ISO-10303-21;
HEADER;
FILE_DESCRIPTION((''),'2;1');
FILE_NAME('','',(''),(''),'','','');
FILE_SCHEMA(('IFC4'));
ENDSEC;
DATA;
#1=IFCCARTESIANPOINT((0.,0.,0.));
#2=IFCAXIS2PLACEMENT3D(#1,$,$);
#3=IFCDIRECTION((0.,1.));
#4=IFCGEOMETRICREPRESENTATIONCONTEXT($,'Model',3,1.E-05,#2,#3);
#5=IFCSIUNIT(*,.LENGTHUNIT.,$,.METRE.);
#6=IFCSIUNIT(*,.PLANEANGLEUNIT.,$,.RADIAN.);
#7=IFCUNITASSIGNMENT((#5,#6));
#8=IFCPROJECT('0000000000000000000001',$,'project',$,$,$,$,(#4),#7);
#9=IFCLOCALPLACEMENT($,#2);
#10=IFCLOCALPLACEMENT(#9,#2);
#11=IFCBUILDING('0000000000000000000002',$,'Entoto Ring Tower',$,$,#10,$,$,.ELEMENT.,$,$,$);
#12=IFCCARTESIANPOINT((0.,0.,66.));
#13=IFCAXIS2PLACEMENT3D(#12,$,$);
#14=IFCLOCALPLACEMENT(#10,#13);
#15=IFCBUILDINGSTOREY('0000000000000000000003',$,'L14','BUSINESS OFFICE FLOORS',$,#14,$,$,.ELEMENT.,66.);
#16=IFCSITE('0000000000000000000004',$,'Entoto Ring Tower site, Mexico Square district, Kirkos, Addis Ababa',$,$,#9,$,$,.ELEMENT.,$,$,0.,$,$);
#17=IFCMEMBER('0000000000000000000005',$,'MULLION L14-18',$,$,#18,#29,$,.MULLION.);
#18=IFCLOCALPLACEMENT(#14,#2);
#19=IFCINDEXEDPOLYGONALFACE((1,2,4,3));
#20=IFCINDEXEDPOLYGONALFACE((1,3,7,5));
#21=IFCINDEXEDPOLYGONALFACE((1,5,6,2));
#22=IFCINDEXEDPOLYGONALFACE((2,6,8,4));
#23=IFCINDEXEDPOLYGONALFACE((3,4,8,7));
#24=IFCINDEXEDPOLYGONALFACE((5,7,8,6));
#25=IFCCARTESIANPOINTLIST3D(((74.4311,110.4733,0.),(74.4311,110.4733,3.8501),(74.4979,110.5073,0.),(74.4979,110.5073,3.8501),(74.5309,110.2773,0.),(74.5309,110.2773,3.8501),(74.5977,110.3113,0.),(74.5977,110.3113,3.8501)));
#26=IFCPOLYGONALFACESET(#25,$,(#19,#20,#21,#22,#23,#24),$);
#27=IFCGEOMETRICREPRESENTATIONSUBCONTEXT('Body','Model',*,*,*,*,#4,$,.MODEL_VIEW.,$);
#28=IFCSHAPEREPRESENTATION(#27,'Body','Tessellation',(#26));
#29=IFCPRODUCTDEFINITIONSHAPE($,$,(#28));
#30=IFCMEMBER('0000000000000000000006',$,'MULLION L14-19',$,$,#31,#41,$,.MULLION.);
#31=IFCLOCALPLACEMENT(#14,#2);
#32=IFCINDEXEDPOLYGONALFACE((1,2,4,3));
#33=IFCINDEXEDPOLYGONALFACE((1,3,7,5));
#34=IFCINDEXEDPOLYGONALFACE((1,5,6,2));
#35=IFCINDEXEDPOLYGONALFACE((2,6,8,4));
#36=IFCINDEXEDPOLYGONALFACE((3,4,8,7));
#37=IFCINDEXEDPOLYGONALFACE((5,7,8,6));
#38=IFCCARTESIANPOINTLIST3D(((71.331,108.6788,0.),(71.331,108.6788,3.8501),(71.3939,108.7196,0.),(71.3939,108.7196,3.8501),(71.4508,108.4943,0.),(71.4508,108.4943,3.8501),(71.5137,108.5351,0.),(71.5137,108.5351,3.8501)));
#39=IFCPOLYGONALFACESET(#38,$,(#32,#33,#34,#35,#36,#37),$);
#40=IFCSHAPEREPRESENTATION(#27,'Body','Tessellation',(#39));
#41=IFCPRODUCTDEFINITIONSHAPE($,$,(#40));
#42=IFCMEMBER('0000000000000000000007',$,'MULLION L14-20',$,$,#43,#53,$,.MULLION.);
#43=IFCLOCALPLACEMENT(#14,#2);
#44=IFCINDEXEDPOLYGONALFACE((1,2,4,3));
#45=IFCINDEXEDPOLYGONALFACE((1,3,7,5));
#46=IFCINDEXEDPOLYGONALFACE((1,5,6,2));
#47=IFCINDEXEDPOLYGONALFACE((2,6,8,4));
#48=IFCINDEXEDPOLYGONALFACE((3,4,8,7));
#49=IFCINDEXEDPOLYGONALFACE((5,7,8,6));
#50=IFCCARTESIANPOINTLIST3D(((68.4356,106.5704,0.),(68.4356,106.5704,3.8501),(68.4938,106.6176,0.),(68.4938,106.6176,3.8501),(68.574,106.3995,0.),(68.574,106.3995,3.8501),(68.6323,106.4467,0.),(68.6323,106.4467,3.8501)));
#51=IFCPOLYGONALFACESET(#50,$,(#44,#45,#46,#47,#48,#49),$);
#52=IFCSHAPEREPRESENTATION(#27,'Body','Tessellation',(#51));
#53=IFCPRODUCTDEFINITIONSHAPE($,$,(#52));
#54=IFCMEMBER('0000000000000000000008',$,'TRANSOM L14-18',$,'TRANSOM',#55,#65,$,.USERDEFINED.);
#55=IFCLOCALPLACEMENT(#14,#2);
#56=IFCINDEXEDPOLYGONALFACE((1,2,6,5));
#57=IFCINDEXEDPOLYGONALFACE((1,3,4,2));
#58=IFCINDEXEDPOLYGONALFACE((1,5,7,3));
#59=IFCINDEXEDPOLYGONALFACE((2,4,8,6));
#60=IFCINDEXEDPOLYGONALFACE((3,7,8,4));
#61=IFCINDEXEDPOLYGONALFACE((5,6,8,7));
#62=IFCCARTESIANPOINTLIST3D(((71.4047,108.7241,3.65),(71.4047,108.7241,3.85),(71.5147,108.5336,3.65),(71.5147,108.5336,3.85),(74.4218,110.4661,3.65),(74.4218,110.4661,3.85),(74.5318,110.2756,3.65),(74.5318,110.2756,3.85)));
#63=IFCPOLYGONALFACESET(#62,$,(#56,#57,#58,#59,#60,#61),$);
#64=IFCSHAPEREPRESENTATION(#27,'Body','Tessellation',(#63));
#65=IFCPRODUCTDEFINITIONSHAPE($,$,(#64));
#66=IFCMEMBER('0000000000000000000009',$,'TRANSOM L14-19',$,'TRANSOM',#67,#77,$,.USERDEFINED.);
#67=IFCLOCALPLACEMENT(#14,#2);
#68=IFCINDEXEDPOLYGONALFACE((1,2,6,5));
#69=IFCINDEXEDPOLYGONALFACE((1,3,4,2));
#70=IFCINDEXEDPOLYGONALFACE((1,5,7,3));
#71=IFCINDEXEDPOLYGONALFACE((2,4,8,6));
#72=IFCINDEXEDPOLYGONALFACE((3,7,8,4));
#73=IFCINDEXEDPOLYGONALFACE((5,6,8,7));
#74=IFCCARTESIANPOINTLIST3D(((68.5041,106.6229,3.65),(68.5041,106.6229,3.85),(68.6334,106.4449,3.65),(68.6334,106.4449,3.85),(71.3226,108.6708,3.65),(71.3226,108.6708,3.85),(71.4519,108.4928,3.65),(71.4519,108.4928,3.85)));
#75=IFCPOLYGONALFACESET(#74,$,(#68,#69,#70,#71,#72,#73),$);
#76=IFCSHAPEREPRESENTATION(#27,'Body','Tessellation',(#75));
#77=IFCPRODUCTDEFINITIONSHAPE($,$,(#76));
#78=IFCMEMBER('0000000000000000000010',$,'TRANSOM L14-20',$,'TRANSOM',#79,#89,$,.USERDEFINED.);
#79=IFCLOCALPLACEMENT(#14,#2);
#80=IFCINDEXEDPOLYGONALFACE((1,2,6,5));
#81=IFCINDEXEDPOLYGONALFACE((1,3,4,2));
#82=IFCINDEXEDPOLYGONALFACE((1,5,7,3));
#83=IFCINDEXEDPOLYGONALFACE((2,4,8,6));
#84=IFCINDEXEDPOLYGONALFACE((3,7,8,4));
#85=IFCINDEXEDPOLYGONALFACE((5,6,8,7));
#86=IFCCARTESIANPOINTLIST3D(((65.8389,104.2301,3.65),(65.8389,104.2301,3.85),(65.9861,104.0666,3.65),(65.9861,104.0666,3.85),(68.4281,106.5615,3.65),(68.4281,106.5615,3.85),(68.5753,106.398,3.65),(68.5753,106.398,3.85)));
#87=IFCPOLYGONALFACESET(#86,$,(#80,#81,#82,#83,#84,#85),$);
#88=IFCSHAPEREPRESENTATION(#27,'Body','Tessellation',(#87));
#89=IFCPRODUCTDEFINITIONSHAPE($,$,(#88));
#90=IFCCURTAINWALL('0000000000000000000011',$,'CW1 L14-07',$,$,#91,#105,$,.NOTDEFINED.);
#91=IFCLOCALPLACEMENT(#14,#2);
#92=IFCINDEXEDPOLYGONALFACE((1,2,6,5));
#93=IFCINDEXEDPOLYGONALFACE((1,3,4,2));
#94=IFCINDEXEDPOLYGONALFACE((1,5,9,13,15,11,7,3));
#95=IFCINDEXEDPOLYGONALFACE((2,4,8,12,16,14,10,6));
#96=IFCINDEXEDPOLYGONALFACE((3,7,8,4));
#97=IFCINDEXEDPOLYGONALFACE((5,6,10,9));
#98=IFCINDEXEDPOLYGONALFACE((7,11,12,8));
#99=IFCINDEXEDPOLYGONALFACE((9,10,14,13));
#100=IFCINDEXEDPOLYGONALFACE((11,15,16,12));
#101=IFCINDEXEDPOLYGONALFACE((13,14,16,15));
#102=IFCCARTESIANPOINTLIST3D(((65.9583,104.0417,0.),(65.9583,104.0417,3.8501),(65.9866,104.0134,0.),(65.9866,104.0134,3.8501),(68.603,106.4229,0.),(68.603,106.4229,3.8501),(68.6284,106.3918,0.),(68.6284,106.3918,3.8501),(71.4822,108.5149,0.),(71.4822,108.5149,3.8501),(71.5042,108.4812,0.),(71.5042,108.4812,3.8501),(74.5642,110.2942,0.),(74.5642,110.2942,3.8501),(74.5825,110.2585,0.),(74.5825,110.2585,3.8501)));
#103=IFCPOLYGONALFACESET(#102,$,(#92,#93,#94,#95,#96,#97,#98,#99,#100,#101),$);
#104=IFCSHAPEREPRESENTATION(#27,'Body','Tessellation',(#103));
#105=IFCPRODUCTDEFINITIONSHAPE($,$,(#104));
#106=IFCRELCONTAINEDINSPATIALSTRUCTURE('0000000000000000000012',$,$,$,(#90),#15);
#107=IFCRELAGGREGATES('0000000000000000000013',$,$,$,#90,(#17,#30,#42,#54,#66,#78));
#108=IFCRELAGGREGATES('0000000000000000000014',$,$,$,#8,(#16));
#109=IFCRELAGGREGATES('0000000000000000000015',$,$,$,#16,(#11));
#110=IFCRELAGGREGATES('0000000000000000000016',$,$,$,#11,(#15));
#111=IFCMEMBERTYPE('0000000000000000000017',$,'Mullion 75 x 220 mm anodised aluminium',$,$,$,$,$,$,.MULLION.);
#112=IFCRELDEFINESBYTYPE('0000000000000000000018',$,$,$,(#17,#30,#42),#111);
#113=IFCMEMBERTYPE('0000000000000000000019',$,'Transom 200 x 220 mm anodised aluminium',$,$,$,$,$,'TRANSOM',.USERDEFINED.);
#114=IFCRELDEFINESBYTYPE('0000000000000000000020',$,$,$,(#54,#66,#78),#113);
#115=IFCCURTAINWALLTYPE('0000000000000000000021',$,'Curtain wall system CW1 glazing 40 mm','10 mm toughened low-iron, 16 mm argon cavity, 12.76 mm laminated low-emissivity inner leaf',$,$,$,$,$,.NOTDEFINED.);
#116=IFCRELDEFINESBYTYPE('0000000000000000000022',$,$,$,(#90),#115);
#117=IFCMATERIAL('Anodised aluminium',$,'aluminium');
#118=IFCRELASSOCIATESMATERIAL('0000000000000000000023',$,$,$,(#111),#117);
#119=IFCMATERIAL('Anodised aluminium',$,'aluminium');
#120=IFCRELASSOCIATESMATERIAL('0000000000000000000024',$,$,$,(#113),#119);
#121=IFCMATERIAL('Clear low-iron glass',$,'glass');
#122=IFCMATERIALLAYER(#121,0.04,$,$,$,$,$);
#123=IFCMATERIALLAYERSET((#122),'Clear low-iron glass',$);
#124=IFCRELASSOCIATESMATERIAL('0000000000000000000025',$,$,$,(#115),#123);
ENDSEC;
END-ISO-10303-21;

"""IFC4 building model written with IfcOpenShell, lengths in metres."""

from ifc_helpers import new_model, si_unit, direction, frame, origin, origin_2d, place, context, subcontext, project, spatial, polyline, rectangle, outline, extrude, material, layer, layer_set, material_profile, profile_set, type_object, element, aggregate, save


model = new_model("IFC4")

# Units and contexts
model_context = context("Model", 3, precision=1e-05, world=origin(), true_north=direction((0.0, 1.0)))
body_context = subcontext(model_context, "Body", "Model", "MODEL_VIEW")
ifc_project = project(units=[si_unit("LENGTHUNIT", "METRE"), si_unit("PLANEANGLEUNIT", "RADIAN")], contexts=[model_context])

# Members
ifc_material_1 = material(Name="Anodised aluminium", Category="aluminium")
ifc_material_profile_1 = material_profile(ifc_material_1, rectangle(XDim=0.075, YDim=0.22, at=origin_2d()), Name="Mullion 75 x 220 mm anodised aluminium")
ifc_profile_set_1 = profile_set([ifc_material_profile_1], Name="Anodised aluminium")
member_type_1 = type_object("IfcMemberType", Name="Mullion 75 x 220 mm anodised aluminium", PredefinedType="MULLION", material=ifc_profile_set_1)
site_placement = place(None, origin())
building_placement = place(site_placement, origin())
storey_placement = place(building_placement, frame((0.0, 0.0, 66.0)))
member_1_placement = place(storey_placement, frame((74.5144, 110.3923, 0.0), z_axis=(0.0, 0.0, 1.0), x_axis=(-0.891007, -0.45399, 0.0)))
member_1 = element("IfcMember", 1, at=member_1_placement, type_object=member_type_1, Name="MULLION L14-18", PredefinedType="MULLION", context=body_context, shape_type="SweptSolid", body=[
    extrude(rectangle(XDim=0.075, YDim=0.22, at=origin_2d()), origin(), (0.0, 0.0, 1.0), 3.8501),
])
member_2_placement = place(storey_placement, frame((71.4224, 108.6069, 0.0), z_axis=(0.0, 0.0, 1.0), x_axis=(-0.838671, -0.544639, 0.0)))
member_2 = element("IfcMember", 2, at=member_2_placement, type_object=member_type_1, Name="MULLION L14-19", PredefinedType="MULLION", context=body_context, shape_type="SweptSolid", body=[
    extrude(rectangle(XDim=0.075, YDim=0.22, at=origin_2d()), origin(), (0.0, 0.0, 1.0), 3.8501),
])
member_3_placement = place(storey_placement, frame((68.5339, 106.5085, 0.0), z_axis=(0.0, 0.0, 1.0), x_axis=(-0.777146, -0.62932, 0.0)))
member_3 = element("IfcMember", 3, at=member_3_placement, type_object=member_type_1, Name="MULLION L14-20", PredefinedType="MULLION", context=body_context, shape_type="SweptSolid", body=[
    extrude(rectangle(XDim=0.075, YDim=0.22, at=origin_2d()), origin(), (0.0, 0.0, 1.0), 3.8501),
])
ifc_material_2 = material(Name="Anodised aluminium", Category="aluminium")
ifc_material_profile_2 = material_profile(ifc_material_2, rectangle(XDim=0.22, YDim=0.2, at=origin_2d()), Name="Transom 200 x 220 mm anodised aluminium")
ifc_profile_set_2 = profile_set([ifc_material_profile_2], Name="Anodised aluminium")
member_type_2 = type_object("IfcMemberType", Name="Transom 200 x 220 mm anodised aluminium", ElementType="TRANSOM", PredefinedType="USERDEFINED", material=ifc_profile_set_2)
member_4_placement = place(storey_placement, frame((74.4768, 110.3708, 3.75), z_axis=(-0.866022, -0.500006, 0.0), x_axis=(0.500006, -0.866022, 0.0)))
member_4 = element("IfcMember", 4, at=member_4_placement, type_object=member_type_2, Name="TRANSOM L14-18", ObjectType="TRANSOM", PredefinedType="USERDEFINED", context=body_context, shape_type="SweptSolid", body=[
    extrude(rectangle(XDim=0.22, YDim=0.2, at=origin_2d()), origin(), (0.0, 0.0, 1.0), 3.4839),
])
member_5_placement = place(storey_placement, frame((71.3872, 108.5818, 3.75), z_axis=(-0.808991, -0.587822, 0.0), x_axis=(0.587822, -0.808991, 0.0)))
member_5 = element("IfcMember", 5, at=member_5_placement, type_object=member_type_2, Name="TRANSOM L14-19", ObjectType="TRANSOM", PredefinedType="USERDEFINED", context=body_context, shape_type="SweptSolid", body=[
    extrude(rectangle(XDim=0.22, YDim=0.2, at=origin_2d()), origin(), (0.0, 0.0, 1.0), 3.4839),
])
member_6_placement = place(storey_placement, frame((68.5017, 106.4797, 3.75), z_axis=(-0.743137, -0.669139, 0.0), x_axis=(0.669139, -0.743137, 0.0)))
member_6 = element("IfcMember", 6, at=member_6_placement, type_object=member_type_2, Name="TRANSOM L14-20", ObjectType="TRANSOM", PredefinedType="USERDEFINED", context=body_context, shape_type="SweptSolid", body=[
    extrude(rectangle(XDim=0.22, YDim=0.2, at=origin_2d()), origin(), (0.0, 0.0, 1.0), 3.4841),
])

# Site, building, storey
site = spatial("IfcSite", under=ifc_project, at=site_placement, Name="Entoto Ring Tower site, Mexico Square district, Kirkos, Addis Ababa", CompositionType="ELEMENT", RefElevation=0.0)
building = spatial("IfcBuilding", under=site, at=building_placement, Name="Entoto Ring Tower", CompositionType="ELEMENT")
storey = spatial("IfcBuildingStorey", under=building, at=storey_placement, Name="L14", Description="BUSINESS OFFICE FLOORS", CompositionType="ELEMENT", Elevation=66.0)

# Curtain wall
ifc_material_3 = material(Name="Clear low-iron glass", Category="glass")
ifc_layer = layer(ifc_material_3, 0.04)
ifc_layer_set = layer_set([ifc_layer], Name="Clear low-iron glass")
curtain_wall_type = type_object("IfcCurtainWallType", Name="Curtain wall system CW1 glazing 40 mm", Description="10 mm toughened low-iron, 16 mm argon cavity, 12.76 mm laminated low-emissivity inner leaf", PredefinedType="NOTDEFINED", material=ifc_layer_set)
curtain_wall_1_placement = place(storey_placement, origin())
curtain_wall_1 = element("IfcCurtainWall", 7, at=curtain_wall_1_placement, inside=storey, type_object=curtain_wall_type, Name="CW1 L14-07", PredefinedType="NOTDEFINED", context=body_context, shape_type="SweptSolid", body=[
    extrude(outline(polyline([(74.5642, 110.2942), (71.4822, 108.5149), (68.603, 106.4229), (65.9583, 104.0417), (65.9866, 104.0134), (68.6284, 106.3918), (71.5042, 108.4812), (74.5825, 110.2585), (74.5642, 110.2942)])), origin(), (0.0, 0.0, 1.0), 3.8501),
])
aggregate(curtain_wall_1, [member_1, member_2, member_3, member_4, member_5, member_6])

save(model, "model.ifc")
